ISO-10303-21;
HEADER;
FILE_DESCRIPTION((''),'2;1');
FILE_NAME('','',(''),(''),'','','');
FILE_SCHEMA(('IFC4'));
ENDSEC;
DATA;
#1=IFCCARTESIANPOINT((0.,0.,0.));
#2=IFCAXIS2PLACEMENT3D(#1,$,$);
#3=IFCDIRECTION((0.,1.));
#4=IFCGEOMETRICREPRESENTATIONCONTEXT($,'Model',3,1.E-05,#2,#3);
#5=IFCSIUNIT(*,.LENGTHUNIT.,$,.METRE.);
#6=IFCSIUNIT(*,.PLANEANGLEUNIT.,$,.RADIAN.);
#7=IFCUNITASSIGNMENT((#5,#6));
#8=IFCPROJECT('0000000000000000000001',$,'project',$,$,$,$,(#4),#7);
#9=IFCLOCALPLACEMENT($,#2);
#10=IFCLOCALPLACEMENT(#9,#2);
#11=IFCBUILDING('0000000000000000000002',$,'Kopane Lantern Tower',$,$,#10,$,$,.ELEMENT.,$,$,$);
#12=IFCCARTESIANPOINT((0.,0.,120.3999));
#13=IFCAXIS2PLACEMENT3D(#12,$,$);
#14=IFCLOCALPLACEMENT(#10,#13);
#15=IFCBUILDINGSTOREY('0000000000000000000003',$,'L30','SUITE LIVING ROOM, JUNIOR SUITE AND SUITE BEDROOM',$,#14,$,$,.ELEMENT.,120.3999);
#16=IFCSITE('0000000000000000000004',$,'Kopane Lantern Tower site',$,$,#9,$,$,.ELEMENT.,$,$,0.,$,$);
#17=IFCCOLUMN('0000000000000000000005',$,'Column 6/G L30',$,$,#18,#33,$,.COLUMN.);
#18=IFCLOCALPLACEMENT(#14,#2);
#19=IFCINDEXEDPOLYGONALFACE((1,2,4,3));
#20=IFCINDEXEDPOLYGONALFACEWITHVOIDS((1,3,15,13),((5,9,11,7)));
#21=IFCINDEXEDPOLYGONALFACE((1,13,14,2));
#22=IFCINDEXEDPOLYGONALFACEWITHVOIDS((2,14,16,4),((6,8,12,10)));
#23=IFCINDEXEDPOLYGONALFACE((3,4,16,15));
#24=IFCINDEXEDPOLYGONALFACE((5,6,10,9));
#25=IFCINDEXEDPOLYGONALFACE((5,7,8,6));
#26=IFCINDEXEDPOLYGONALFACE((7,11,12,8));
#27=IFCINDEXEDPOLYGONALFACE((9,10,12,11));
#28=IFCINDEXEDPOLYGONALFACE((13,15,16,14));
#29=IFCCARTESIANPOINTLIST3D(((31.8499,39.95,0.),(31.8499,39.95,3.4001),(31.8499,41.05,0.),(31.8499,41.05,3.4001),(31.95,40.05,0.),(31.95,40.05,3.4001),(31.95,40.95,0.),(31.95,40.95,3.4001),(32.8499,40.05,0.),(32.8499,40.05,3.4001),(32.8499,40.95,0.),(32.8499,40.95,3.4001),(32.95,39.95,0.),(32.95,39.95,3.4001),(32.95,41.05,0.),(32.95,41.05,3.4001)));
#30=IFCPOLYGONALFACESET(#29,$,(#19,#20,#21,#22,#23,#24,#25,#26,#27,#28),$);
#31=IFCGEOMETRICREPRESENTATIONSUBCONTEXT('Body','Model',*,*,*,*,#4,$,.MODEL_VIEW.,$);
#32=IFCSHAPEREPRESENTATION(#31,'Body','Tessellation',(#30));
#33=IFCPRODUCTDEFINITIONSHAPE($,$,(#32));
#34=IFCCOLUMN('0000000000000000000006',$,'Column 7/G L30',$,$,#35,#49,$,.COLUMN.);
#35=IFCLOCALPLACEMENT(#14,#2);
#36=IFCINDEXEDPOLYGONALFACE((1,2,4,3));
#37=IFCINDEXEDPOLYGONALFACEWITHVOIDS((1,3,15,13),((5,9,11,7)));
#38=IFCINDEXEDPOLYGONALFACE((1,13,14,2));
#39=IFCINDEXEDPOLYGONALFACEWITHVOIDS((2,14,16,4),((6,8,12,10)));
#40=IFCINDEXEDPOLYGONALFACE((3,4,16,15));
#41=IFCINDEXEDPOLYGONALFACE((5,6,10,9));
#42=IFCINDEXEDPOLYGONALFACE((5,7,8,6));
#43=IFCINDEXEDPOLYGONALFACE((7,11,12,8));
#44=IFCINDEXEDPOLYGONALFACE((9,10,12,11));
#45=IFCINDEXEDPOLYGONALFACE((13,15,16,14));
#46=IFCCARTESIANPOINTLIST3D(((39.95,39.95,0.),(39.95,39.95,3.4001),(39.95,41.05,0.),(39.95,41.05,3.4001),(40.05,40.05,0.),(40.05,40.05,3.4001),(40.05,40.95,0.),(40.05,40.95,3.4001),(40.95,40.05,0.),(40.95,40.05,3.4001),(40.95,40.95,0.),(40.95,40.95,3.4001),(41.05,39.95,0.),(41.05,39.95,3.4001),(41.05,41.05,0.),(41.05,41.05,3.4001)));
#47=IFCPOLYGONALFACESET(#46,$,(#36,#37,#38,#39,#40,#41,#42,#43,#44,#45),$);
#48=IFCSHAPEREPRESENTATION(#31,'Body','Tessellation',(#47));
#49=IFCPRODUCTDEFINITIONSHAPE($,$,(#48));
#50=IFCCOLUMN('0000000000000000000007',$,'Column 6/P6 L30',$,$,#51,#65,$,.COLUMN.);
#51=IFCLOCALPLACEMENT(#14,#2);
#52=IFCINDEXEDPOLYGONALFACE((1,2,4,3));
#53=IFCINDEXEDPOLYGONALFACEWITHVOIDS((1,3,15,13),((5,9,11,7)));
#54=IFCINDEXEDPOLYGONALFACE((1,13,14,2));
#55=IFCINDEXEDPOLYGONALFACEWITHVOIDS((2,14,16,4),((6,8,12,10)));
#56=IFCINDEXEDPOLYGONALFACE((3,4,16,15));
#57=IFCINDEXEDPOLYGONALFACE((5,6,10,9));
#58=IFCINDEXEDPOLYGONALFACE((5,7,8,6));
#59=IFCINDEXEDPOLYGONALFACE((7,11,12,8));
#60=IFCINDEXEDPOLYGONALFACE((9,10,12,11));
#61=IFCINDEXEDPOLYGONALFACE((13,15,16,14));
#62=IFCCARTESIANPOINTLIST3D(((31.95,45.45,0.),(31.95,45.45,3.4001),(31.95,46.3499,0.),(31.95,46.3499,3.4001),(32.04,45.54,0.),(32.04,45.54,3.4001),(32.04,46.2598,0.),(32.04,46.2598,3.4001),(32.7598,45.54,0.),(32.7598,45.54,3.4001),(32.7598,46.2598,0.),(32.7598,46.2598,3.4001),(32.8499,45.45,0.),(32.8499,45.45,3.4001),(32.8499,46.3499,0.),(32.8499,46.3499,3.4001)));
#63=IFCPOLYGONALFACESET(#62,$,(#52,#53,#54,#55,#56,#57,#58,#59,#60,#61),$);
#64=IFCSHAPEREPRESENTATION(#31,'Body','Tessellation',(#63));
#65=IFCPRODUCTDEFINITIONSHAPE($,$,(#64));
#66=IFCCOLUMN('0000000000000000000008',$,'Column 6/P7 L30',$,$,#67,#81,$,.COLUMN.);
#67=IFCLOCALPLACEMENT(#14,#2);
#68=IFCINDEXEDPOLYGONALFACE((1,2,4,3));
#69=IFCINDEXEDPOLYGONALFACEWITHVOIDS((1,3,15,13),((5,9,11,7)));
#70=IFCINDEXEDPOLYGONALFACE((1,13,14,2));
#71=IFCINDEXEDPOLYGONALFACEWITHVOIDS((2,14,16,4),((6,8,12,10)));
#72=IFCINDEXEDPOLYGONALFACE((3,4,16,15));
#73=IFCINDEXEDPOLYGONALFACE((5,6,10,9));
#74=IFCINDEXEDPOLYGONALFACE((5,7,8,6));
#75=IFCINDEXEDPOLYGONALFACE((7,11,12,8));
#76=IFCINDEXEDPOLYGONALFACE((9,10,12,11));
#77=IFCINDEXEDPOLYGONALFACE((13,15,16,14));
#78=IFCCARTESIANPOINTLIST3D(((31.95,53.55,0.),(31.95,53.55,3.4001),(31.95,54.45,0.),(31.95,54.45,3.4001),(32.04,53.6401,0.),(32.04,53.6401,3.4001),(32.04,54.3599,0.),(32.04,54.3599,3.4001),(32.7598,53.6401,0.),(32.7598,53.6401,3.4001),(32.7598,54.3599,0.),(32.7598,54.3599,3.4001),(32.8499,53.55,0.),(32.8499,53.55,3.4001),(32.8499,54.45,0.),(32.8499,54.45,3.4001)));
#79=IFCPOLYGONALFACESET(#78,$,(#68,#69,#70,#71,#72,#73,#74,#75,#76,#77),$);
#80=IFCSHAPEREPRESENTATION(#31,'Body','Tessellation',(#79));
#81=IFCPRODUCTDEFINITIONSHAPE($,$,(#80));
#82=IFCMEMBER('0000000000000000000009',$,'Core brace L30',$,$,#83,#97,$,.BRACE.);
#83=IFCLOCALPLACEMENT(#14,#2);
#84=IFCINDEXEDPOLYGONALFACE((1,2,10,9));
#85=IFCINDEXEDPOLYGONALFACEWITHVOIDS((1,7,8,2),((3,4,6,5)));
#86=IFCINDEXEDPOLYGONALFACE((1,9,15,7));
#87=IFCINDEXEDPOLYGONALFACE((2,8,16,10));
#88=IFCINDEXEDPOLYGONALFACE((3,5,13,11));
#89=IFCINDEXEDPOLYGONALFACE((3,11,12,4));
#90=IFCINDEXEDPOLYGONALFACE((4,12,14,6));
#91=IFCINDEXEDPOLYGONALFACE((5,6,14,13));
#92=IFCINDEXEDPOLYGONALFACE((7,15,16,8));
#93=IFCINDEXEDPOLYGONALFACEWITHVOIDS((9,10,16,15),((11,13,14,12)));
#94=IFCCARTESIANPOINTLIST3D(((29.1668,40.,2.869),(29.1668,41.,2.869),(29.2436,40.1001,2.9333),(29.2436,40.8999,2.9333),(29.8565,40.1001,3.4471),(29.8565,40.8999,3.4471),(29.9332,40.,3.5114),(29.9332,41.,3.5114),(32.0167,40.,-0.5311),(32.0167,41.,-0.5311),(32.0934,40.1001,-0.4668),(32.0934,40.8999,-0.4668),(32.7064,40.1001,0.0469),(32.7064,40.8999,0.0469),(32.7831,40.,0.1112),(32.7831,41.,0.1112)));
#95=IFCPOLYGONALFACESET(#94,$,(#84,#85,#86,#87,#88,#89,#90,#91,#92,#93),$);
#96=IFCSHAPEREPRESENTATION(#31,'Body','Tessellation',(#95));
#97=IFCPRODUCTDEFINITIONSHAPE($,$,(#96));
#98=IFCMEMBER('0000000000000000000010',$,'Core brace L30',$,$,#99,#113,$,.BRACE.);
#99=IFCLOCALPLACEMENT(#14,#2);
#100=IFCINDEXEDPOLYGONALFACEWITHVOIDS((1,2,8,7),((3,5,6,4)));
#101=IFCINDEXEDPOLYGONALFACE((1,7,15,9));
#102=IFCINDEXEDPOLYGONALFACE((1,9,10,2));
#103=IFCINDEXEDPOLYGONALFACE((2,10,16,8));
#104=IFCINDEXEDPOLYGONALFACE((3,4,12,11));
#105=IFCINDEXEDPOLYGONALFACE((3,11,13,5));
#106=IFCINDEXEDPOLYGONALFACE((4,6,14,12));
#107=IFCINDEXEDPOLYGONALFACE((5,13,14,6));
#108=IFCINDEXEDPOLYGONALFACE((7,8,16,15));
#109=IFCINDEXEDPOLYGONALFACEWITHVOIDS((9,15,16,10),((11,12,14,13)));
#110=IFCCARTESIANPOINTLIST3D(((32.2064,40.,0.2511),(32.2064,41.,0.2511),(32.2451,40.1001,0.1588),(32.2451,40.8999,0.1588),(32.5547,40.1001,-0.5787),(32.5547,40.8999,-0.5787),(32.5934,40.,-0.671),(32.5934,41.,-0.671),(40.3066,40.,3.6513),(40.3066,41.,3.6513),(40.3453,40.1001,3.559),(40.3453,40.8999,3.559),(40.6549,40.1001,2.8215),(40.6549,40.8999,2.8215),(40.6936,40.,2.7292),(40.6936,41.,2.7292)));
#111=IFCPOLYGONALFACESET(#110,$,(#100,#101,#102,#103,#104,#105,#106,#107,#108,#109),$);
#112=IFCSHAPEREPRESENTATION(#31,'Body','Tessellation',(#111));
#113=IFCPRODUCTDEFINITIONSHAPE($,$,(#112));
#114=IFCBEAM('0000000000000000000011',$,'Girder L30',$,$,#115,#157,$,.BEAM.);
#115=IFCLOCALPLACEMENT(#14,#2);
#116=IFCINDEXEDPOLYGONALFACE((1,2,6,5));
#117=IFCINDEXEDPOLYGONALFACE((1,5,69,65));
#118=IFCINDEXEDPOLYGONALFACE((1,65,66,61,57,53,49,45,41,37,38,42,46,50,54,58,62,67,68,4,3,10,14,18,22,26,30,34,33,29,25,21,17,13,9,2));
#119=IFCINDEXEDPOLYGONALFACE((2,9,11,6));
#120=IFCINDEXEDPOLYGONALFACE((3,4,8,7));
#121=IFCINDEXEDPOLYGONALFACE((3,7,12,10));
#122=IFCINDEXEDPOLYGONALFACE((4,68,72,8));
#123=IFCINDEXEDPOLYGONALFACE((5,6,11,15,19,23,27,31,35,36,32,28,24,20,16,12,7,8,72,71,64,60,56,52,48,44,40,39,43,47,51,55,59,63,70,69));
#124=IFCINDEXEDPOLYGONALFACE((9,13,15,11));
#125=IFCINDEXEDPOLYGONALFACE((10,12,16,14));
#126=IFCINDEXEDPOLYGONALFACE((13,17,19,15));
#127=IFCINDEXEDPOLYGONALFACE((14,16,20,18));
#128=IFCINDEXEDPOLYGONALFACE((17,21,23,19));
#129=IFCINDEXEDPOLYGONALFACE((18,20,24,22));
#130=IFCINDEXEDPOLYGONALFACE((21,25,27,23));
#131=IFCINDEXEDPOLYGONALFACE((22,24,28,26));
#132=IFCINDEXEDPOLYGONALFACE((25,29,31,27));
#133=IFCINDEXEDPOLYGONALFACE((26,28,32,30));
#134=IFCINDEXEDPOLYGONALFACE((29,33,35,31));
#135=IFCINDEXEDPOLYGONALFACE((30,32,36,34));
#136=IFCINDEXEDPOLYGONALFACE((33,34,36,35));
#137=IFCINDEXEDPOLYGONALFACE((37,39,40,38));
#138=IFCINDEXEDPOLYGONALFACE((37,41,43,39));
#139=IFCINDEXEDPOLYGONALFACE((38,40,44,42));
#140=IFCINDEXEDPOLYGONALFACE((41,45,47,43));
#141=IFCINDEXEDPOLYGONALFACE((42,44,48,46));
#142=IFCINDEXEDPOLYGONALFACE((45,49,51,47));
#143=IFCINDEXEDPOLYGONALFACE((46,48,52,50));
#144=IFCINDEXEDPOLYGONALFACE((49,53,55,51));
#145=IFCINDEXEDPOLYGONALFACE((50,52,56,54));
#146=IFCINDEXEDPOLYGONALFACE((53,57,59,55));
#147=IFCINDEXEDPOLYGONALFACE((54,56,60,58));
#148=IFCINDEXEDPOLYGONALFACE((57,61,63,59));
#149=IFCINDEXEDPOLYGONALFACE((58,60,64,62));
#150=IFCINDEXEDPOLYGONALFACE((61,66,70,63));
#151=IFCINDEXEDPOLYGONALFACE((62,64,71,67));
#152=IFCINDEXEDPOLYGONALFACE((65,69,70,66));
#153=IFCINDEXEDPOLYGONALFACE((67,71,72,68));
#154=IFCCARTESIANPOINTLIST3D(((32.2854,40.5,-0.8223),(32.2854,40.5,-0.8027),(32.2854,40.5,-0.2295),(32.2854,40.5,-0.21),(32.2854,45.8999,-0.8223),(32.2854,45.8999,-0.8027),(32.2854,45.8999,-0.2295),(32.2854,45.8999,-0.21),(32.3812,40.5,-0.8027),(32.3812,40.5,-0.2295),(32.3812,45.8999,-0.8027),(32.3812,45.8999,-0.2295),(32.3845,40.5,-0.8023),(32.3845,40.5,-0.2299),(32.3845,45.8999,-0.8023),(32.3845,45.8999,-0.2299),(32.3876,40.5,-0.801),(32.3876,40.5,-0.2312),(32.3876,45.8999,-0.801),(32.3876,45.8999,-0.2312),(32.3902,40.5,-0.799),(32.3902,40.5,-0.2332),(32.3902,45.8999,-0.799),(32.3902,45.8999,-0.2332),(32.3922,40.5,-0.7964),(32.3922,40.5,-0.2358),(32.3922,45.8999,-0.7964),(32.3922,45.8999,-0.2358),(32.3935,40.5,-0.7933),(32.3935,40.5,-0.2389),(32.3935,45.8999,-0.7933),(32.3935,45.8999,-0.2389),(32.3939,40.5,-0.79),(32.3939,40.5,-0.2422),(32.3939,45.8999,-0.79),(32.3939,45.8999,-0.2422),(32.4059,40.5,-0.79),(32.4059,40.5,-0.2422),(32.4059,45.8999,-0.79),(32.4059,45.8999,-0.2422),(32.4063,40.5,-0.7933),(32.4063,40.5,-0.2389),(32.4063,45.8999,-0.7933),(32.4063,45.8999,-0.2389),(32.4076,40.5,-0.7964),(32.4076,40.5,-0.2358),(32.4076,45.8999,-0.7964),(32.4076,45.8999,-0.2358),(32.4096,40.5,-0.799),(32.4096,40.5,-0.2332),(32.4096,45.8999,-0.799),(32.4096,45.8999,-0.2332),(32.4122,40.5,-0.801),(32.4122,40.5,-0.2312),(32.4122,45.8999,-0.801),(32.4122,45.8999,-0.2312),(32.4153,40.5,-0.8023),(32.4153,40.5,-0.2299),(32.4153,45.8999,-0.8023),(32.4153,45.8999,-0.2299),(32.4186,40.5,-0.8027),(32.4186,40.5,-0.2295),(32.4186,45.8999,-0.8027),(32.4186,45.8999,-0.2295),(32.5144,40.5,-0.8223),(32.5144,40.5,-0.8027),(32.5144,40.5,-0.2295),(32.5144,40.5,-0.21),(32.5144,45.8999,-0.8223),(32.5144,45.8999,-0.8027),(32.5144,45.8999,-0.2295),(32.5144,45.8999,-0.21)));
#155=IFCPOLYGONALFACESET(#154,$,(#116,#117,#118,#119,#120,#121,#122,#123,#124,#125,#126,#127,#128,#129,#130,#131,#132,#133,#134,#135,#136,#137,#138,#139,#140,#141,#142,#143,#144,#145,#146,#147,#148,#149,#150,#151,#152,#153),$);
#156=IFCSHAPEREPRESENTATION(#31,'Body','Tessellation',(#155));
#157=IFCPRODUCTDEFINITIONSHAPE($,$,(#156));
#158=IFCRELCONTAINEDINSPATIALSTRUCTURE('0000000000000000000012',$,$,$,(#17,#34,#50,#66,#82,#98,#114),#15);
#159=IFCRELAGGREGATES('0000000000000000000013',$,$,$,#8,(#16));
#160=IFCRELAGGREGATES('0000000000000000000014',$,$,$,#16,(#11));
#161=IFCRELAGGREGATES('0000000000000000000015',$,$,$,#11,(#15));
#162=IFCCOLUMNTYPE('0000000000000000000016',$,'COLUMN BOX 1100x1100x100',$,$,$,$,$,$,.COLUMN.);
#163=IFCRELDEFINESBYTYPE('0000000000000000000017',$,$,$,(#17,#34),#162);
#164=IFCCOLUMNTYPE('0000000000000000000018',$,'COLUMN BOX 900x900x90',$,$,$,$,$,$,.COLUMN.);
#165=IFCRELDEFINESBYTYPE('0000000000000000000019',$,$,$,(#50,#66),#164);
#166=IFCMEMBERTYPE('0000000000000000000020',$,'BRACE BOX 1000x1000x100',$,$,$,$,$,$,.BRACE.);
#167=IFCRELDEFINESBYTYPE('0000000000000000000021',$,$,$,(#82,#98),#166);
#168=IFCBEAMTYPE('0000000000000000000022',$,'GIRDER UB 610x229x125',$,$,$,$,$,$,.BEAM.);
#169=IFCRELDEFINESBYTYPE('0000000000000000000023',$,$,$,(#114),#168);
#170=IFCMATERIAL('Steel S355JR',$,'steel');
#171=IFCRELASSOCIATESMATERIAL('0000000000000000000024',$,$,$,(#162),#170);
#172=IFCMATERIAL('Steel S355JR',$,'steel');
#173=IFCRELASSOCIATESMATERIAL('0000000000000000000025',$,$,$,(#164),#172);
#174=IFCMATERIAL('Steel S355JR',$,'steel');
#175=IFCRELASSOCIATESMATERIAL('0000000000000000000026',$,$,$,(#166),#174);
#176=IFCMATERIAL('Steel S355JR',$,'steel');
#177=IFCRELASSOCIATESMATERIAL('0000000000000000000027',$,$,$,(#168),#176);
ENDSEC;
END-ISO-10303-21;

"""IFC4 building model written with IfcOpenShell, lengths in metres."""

from ifc_helpers import new_model, si_unit, direction, frame, origin, origin_2d, place, context, subcontext, project, spatial, hollow_rectangle, i_section, extrude, material, material_profile, profile_set, type_object, element, save


model = new_model("IFC4")

# Units and contexts
model_context = context("Model", 3, precision=1e-05, world=origin(), true_north=direction((0.0, 1.0)))
body_context = subcontext(model_context, "Body", "Model", "MODEL_VIEW")
ifc_project = project(units=[si_unit("LENGTHUNIT", "METRE"), si_unit("PLANEANGLEUNIT", "RADIAN")], contexts=[model_context])

# Site, building, storey
site_placement = place(None, origin())
site = spatial("IfcSite", under=ifc_project, at=site_placement, Name="Kopane Lantern Tower site", CompositionType="ELEMENT", RefElevation=0.0)
building_placement = place(site_placement, origin())
building = spatial("IfcBuilding", under=site, at=building_placement, Name="Kopane Lantern Tower", CompositionType="ELEMENT")
storey_placement = place(building_placement, frame((0.0, 0.0, 120.3999)))
storey = spatial("IfcBuildingStorey", under=building, at=storey_placement, Name="L30", Description="SUITE LIVING ROOM, JUNIOR SUITE AND SUITE BEDROOM", CompositionType="ELEMENT", Elevation=120.3999)

# Columns
ifc_material_1 = material(Name="Steel S355JR", Category="steel")
ifc_material_profile_1 = material_profile(ifc_material_1, hollow_rectangle(XDim=1.1001, YDim=1.1001, WallThickness=0.1001, at=origin_2d()), Name="BOX 1100x1100x100")
ifc_profile_set_1 = profile_set([ifc_material_profile_1], Name="Steel S355JR")
column_type_1 = type_object("IfcColumnType", Name="COLUMN BOX 1100x1100x100", PredefinedType="COLUMN", material=ifc_profile_set_1)
for number, where, z_axis, x_axis, name in (
    (1, (32.3999, 40.5, 0.0), (0.0, 0.0, 1.0), (1.0, 0.0, 0.0), "Column 6/G L30"),
    (2, (40.5, 40.5, 0.0), (0.0, 0.0, 1.0), (1.0, 0.0, 0.0), "Column 7/G L30"),
):
    element("IfcColumn", number, at=place(storey_placement, frame(where, z_axis=z_axis, x_axis=x_axis)), inside=storey, type_object=column_type_1, Name=name, PredefinedType="COLUMN", context=body_context, shape_type="SweptSolid", body=[
        extrude(hollow_rectangle(XDim=1.1001, YDim=1.1001, WallThickness=0.1001, at=origin_2d()), origin(), (0.0, 0.0, 1.0), 3.4001),
    ])
ifc_material_2 = material(Name="Steel S355JR", Category="steel")
ifc_material_profile_2 = material_profile(ifc_material_2, hollow_rectangle(XDim=0.8999, YDim=0.8999, WallThickness=0.0901, at=origin_2d()), Name="BOX 900x900x90")
ifc_profile_set_2 = profile_set([ifc_material_profile_2], Name="Steel S355JR")
column_type_2 = type_object("IfcColumnType", Name="COLUMN BOX 900x900x90", PredefinedType="COLUMN", material=ifc_profile_set_2)
for number, where, z_axis, x_axis, name in (
    (3, (32.3999, 45.8999, 0.0), (0.0, 0.0, 1.0), (1.0, 0.0, 0.0), "Column 6/P6 L30"),
    (4, (32.3999, 54.0, 0.0), (0.0, 0.0, 1.0), (1.0, 0.0, 0.0), "Column 6/P7 L30"),
):
    element("IfcColumn", number, at=place(storey_placement, frame(where, z_axis=z_axis, x_axis=x_axis)), inside=storey, type_object=column_type_2, Name=name, PredefinedType="COLUMN", context=body_context, shape_type="SweptSolid", body=[
        extrude(hollow_rectangle(XDim=0.8999, YDim=0.8999, WallThickness=0.0901, at=origin_2d()), origin(), (0.0, 0.0, 1.0), 3.4001),
    ])

# Members
ifc_material_3 = material(Name="Steel S355JR", Category="steel")
ifc_material_profile_3 = material_profile(ifc_material_3, hollow_rectangle(XDim=1.0, YDim=1.0, WallThickness=0.1001, at=origin_2d()), Name="BOX 1000x1000x100")
ifc_profile_set_3 = profile_set([ifc_material_profile_3], Name="Steel S355JR")
member_type = type_object("IfcMemberType", Name="BRACE BOX 1000x1000x100", PredefinedType="BRACE", material=ifc_profile_set_3)
member_1_placement = place(storey_placement, frame((32.3999, 40.5, -0.21), z_axis=(-0.642363, 0.0, 0.7664), x_axis=(0.0, -1.0, 0.0)))
element("IfcMember", 5, at=member_1_placement, inside=storey, type_object=member_type, Name="Core brace L30", PredefinedType="BRACE", context=body_context, shape_type="SweptSolid", body=[
    extrude(hollow_rectangle(XDim=1.0, YDim=1.0, WallThickness=0.1001, at=origin_2d()), origin(), (0.0, 0.0, 1.0), 4.4365),
])
member_2_placement = place(storey_placement, frame((32.3999, 40.5, -0.21), z_axis=(0.922059, 0.0, 0.387049), x_axis=(0.0, 1.0, 0.0)))
element("IfcMember", 6, at=member_2_placement, inside=storey, type_object=member_type, Name="Core brace L30", PredefinedType="BRACE", context=body_context, shape_type="SweptSolid", body=[
    extrude(hollow_rectangle(XDim=1.0, YDim=1.0, WallThickness=0.1001, at=origin_2d()), origin(), (0.0, 0.0, 1.0), 8.7849),
])

# Beam
ifc_material_4 = material(Name="Steel S355JR", Category="steel")
ifc_material_profile_4 = material_profile(ifc_material_4, i_section(OverallWidth=0.229, OverallDepth=0.6123, WebThickness=0.012, FlangeThickness=0.0195, FilletRadius=0.0127, at=origin_2d()), Name="UB 610x229x125")
ifc_profile_set_4 = profile_set([ifc_material_profile_4], Name="Steel S355JR")
beam_type = type_object("IfcBeamType", Name="GIRDER UB 610x229x125", PredefinedType="BEAM", material=ifc_profile_set_4)
beam_1_placement = place(storey_placement, frame((32.3999, 40.5, -0.5161), z_axis=(0.0, 1.0, 0.0), x_axis=(-1.0, 0.0, 0.0)))
element("IfcBeam", 7, at=beam_1_placement, inside=storey, type_object=beam_type, Name="Girder L30", PredefinedType="BEAM", context=body_context, shape_type="SweptSolid", body=[
    extrude(i_section(OverallWidth=0.229, OverallDepth=0.6123, WebThickness=0.012, FlangeThickness=0.0195, FilletRadius=0.0127, at=origin_2d()), origin(), (0.0, 0.0, 1.0), 5.3999),
])

save(model, "model.ifc")
